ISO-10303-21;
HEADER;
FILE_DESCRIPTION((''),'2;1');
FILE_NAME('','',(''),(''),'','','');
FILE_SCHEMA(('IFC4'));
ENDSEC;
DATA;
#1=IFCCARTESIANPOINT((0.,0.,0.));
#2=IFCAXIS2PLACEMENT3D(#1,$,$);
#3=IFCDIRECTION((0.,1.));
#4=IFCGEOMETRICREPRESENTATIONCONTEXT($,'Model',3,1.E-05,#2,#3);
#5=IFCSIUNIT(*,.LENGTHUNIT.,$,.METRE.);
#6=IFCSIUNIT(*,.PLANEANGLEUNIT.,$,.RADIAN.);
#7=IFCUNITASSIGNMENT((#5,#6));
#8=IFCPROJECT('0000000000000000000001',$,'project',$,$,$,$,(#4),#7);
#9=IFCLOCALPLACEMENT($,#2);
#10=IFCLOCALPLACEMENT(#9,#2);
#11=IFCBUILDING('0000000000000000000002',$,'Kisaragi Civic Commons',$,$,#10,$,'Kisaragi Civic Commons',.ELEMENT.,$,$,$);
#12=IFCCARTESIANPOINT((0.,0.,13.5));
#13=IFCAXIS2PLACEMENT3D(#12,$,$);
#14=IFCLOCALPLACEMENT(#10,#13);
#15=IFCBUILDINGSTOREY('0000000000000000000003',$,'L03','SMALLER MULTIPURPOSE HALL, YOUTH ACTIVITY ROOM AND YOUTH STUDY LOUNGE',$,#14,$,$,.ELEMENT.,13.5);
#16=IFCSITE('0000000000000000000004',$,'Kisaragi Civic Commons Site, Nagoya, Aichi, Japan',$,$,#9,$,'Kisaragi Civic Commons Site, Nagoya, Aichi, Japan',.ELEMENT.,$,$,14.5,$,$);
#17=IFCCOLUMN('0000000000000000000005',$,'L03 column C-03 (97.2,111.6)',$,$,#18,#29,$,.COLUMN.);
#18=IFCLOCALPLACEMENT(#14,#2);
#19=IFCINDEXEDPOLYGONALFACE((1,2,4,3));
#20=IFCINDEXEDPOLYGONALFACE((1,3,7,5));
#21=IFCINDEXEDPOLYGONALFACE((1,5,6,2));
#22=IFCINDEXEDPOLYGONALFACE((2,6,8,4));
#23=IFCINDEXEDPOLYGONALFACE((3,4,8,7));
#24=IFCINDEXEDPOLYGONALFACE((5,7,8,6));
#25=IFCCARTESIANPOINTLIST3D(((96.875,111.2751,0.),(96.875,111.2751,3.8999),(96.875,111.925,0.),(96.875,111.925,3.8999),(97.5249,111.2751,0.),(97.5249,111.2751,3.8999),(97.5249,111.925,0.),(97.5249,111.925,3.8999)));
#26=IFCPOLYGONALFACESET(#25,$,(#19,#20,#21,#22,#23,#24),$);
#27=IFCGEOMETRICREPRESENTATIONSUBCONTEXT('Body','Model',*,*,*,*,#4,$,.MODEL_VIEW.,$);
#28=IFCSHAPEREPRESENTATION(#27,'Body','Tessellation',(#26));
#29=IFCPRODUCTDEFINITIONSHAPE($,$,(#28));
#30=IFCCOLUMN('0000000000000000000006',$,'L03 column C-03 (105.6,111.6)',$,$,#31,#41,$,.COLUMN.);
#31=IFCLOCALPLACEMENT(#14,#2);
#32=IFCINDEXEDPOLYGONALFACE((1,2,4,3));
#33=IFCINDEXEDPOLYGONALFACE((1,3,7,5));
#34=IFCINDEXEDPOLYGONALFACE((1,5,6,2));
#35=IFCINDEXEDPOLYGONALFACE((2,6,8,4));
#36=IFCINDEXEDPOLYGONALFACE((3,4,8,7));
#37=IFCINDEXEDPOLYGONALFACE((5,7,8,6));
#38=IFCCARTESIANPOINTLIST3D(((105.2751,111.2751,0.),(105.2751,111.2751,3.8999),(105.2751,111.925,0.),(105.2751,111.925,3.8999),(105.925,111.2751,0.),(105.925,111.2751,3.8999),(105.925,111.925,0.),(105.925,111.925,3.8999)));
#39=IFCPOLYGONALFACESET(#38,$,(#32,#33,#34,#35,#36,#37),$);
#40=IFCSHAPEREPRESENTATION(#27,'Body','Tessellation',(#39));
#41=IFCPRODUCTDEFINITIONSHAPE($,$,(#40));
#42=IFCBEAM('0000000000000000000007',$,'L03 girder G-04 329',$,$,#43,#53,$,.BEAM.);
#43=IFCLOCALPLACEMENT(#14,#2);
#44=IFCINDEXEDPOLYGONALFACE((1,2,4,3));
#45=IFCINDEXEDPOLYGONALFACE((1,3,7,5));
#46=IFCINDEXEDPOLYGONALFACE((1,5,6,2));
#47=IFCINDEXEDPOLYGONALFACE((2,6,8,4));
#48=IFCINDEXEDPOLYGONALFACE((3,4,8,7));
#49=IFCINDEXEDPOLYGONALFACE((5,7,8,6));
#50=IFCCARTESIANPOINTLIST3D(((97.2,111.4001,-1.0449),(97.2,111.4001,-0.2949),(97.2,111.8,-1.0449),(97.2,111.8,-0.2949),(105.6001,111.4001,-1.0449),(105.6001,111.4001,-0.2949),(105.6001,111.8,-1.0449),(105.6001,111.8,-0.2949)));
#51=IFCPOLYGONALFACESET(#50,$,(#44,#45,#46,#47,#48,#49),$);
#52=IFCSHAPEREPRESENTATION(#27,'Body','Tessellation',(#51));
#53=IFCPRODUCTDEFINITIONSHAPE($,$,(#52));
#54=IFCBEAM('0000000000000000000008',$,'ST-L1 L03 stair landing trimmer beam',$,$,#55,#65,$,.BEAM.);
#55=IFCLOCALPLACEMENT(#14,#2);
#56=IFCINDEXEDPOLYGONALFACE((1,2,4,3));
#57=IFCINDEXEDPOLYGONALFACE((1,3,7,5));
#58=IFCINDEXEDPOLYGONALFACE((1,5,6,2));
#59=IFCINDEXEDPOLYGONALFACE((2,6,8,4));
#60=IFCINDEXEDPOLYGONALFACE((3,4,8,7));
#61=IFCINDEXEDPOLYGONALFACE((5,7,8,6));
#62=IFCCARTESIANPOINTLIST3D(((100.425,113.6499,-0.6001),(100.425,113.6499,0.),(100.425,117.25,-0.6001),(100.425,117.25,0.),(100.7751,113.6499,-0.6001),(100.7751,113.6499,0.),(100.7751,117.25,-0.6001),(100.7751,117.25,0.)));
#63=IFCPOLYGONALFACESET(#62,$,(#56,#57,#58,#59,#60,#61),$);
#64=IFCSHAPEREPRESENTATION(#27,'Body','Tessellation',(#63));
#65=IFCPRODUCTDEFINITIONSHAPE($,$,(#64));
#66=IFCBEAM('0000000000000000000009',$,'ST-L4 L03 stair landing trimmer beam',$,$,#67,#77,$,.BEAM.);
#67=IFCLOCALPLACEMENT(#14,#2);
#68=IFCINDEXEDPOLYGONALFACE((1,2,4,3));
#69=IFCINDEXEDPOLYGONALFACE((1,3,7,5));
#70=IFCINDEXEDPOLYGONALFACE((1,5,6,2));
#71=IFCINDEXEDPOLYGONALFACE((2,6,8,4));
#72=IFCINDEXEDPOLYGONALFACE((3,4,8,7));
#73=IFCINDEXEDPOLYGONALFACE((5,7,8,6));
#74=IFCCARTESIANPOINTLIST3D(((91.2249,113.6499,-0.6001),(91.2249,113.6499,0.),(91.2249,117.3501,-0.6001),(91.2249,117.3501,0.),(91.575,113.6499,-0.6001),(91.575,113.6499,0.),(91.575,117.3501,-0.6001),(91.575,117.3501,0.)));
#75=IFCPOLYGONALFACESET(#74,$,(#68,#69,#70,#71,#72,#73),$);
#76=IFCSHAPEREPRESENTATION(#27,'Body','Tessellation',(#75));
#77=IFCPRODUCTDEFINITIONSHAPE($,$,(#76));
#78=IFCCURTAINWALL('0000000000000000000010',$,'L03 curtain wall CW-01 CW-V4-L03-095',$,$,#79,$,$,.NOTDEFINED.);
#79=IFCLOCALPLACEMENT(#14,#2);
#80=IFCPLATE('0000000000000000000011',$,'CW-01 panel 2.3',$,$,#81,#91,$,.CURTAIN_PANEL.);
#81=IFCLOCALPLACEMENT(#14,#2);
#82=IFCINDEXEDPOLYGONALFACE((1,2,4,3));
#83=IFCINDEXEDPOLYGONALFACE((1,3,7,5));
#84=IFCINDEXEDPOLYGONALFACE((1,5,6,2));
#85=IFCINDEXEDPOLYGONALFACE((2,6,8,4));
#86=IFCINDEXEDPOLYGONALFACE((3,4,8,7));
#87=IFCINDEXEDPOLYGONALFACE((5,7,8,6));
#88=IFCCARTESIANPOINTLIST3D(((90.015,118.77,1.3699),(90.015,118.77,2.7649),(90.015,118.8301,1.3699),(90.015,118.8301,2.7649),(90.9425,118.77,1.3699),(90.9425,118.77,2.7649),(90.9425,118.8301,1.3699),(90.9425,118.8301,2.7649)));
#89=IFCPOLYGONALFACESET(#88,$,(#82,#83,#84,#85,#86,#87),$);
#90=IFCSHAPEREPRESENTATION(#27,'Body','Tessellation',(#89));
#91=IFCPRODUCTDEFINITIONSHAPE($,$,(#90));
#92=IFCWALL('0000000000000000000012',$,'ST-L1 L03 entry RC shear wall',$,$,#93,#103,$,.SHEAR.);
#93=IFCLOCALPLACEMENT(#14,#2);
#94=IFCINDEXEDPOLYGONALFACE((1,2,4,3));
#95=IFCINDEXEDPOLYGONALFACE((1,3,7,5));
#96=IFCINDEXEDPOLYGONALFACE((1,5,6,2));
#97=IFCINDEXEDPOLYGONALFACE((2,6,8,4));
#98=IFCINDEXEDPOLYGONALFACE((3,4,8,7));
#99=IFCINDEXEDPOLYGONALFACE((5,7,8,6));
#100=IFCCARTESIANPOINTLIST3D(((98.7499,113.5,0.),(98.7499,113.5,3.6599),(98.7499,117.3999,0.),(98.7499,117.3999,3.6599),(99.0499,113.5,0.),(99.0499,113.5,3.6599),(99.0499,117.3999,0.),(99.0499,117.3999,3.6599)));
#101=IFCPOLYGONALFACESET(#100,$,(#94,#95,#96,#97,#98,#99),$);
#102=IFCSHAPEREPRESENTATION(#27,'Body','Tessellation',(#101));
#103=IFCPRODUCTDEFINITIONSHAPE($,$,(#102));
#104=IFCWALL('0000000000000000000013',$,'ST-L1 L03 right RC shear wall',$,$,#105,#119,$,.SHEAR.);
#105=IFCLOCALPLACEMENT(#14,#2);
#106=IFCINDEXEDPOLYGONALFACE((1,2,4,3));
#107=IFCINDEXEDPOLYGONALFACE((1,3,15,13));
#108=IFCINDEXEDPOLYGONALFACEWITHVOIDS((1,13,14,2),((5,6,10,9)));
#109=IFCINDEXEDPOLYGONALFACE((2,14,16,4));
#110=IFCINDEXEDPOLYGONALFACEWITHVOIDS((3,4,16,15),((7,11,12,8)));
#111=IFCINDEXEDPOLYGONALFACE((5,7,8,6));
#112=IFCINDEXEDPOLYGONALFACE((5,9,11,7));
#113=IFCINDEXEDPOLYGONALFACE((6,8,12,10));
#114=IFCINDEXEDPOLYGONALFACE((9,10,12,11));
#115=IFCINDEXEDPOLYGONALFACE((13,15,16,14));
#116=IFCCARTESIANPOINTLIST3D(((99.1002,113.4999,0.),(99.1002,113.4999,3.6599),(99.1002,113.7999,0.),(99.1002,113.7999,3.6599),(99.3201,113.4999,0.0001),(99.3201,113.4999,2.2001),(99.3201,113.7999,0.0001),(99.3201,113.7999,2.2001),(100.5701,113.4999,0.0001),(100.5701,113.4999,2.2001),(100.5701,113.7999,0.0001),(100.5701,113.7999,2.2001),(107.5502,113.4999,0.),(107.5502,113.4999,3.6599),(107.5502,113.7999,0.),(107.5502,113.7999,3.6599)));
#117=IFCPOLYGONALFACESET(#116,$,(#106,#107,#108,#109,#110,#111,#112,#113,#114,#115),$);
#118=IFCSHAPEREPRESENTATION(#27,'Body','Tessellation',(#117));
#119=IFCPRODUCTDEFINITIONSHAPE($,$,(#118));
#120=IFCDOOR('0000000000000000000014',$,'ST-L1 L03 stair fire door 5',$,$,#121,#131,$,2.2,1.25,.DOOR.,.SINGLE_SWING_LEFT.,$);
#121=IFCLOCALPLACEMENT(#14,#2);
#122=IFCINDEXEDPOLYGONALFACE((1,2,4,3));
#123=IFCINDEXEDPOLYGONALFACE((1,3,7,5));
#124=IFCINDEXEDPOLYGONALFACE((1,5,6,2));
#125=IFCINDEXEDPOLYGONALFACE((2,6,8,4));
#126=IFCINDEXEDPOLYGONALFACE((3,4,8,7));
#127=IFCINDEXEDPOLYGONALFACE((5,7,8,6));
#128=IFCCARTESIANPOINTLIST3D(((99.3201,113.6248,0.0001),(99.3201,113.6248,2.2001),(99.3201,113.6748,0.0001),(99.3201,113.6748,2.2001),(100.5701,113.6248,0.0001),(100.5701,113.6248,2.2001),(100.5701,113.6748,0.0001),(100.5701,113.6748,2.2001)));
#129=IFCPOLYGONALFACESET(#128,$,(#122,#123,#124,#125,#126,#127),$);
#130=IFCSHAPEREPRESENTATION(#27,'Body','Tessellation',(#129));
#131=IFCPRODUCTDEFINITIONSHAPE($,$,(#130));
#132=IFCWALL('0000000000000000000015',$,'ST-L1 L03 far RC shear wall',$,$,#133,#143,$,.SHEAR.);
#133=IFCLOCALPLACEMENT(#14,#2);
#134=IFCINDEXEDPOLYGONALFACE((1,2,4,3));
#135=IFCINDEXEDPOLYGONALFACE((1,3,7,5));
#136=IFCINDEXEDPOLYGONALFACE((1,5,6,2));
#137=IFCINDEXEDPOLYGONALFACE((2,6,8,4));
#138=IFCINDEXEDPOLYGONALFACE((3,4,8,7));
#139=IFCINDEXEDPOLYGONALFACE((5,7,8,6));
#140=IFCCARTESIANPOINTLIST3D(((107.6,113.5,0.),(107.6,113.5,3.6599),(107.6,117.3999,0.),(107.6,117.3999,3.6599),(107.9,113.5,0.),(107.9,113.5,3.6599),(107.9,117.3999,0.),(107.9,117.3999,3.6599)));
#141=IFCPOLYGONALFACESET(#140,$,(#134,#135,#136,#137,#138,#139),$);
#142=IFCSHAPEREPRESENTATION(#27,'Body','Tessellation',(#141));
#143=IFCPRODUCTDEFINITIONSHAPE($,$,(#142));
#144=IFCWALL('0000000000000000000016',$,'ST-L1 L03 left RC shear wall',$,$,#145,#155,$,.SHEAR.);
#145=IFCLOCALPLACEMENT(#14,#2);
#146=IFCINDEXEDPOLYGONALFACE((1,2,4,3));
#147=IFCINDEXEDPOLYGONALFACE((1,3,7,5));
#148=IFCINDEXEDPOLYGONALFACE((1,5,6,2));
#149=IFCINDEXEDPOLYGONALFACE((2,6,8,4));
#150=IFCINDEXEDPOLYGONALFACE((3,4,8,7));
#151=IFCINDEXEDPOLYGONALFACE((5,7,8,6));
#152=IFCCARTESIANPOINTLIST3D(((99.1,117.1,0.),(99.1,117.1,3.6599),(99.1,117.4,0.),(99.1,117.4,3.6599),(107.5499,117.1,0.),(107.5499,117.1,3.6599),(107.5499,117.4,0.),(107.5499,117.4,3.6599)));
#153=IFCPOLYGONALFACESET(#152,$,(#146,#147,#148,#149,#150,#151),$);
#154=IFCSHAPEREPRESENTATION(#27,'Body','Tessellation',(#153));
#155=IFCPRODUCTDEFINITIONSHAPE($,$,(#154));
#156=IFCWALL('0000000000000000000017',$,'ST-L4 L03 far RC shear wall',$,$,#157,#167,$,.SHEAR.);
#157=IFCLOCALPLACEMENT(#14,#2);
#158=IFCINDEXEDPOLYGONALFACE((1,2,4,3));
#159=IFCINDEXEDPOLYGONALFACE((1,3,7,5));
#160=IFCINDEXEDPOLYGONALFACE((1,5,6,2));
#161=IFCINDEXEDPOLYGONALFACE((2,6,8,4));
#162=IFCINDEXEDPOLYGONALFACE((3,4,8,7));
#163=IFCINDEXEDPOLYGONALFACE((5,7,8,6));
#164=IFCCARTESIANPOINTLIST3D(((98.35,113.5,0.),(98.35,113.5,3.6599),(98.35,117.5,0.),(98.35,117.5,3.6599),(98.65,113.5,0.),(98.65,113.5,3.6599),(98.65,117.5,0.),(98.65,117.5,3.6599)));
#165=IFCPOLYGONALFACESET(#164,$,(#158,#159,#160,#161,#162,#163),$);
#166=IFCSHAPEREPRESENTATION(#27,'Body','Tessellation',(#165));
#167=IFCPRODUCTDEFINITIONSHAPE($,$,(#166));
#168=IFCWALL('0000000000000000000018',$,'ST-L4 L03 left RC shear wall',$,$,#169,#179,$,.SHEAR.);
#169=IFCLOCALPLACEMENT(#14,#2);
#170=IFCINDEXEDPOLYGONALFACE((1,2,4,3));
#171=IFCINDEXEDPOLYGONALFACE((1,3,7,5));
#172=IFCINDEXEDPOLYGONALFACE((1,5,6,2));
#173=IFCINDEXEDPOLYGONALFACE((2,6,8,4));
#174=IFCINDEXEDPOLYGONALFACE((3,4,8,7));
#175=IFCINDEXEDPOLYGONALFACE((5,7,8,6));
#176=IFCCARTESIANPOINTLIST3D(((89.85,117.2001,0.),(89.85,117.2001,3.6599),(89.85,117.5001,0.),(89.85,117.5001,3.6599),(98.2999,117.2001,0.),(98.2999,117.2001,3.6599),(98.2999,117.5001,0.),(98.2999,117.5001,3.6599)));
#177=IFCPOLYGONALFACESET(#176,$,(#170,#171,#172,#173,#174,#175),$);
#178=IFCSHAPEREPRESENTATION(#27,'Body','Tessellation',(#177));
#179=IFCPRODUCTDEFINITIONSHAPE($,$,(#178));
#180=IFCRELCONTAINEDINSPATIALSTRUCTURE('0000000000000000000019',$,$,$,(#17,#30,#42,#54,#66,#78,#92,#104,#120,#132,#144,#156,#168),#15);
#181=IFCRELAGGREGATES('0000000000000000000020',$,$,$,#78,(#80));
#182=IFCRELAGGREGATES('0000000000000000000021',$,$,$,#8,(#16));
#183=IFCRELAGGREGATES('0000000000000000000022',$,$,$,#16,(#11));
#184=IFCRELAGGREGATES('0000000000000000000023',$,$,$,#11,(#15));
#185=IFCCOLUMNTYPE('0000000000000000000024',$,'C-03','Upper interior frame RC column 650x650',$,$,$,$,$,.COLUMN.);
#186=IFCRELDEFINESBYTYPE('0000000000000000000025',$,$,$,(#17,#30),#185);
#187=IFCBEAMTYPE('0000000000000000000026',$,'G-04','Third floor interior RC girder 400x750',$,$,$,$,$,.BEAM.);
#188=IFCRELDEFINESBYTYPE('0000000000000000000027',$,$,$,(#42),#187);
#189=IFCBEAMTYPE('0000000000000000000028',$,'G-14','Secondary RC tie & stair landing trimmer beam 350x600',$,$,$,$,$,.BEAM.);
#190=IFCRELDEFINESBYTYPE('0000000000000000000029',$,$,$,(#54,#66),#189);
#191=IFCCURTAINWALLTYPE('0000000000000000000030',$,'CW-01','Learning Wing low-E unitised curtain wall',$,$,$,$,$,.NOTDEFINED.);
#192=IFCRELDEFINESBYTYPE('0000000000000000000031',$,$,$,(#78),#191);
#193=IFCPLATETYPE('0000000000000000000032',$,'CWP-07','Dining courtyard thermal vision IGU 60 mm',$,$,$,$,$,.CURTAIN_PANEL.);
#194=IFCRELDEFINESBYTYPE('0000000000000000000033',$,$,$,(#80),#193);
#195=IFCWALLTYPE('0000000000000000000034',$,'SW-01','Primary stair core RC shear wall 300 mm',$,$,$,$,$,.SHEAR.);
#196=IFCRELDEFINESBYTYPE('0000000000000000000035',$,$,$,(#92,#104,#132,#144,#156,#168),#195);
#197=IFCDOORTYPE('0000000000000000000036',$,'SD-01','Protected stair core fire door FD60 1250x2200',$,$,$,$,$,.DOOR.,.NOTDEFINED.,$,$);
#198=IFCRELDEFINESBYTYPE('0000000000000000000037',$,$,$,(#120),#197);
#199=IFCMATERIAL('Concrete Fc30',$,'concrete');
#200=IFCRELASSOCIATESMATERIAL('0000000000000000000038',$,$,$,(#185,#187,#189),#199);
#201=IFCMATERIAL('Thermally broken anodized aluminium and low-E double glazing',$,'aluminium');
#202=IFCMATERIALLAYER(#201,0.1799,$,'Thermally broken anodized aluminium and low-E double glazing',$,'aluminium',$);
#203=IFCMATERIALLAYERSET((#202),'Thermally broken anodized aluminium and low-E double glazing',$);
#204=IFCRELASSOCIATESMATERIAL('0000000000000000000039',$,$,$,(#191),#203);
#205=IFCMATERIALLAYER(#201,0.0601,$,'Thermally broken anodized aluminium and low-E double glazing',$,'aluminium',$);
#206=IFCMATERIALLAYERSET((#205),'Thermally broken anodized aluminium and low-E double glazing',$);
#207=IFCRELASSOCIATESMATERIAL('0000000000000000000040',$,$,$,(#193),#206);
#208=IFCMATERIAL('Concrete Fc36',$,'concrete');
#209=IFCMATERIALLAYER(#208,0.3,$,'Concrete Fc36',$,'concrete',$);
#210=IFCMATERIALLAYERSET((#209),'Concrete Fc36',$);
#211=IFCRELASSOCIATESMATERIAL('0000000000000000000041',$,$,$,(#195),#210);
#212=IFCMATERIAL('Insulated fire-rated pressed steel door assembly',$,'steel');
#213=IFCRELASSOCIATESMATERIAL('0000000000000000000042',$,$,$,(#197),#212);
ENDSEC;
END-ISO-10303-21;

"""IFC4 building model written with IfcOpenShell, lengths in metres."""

from ifc_helpers import new_model, si_unit, direction, frame, frame_2d, origin, origin_2d, place, context, subcontext, project, spatial, rectangle, extrude, material, layer, layer_set, material_profile, profile_set, type_object, element, fill, aggregate, save


model = new_model("IFC4")

# Units and contexts
model_context = context("Model", 3, precision=1e-05, world=origin(), true_north=direction((0.0, 1.0)))
body_context = subcontext(model_context, "Body", "Model", "MODEL_VIEW")
ifc_project = project(units=[si_unit("LENGTHUNIT", "METRE"), si_unit("PLANEANGLEUNIT", "RADIAN")], contexts=[model_context])

# Site, building, storey
site_placement = place(None, origin())
site = spatial("IfcSite", under=ifc_project, at=site_placement, Name="Kisaragi Civic Commons Site, Nagoya, Aichi, Japan", LongName="Kisaragi Civic Commons Site, Nagoya, Aichi, Japan", CompositionType="ELEMENT", RefElevation=14.5)
building_placement = place(site_placement, origin())
building = spatial("IfcBuilding", under=site, at=building_placement, Name="Kisaragi Civic Commons", LongName="Kisaragi Civic Commons", CompositionType="ELEMENT")
storey_placement = place(building_placement, frame((0.0, 0.0, 13.5)))
storey = spatial("IfcBuildingStorey", under=building, at=storey_placement, Name="L03", Description="SMALLER MULTIPURPOSE HALL, YOUTH ACTIVITY ROOM AND YOUTH STUDY LOUNGE", CompositionType="ELEMENT", Elevation=13.5)

# Columns
ifc_material_1 = material(Name="Concrete Fc30", Category="concrete")
ifc_material_profile_1 = material_profile(ifc_material_1, rectangle(XDim=0.6499, YDim=0.6499, at=origin_2d()), Name="RC-650x650", Category="concrete")
ifc_profile_set_1 = profile_set([ifc_material_profile_1], Name="Concrete Fc30")
column_type = type_object("IfcColumnType", Name="C-03", Description="Upper interior frame RC column 650x650", PredefinedType="COLUMN", material=ifc_profile_set_1)
for number, where, z_axis, x_axis, name in (
    (1, (97.2, 111.6001, 0.0), (0.0, 0.0, 1.0), (1.0, 0.0, 0.0), "L03 column C-03 (97.2,111.6)"),
    (2, (105.6001, 111.6001, 0.0), (0.0, 0.0, 1.0), (1.0, 0.0, 0.0), "L03 column C-03 (105.6,111.6)"),
):
    element("IfcColumn", number, at=place(storey_placement, frame(where, z_axis=z_axis, x_axis=x_axis)), inside=storey, type_object=column_type, Name=name, PredefinedType="COLUMN", context=body_context, shape_type="SweptSolid", body=[
        extrude(rectangle(XDim=0.6499, YDim=0.6499, at=origin_2d()), origin(), (0.0, 0.0, 1.0), 3.8999),
    ])

# Beams
ifc_material_profile_2 = material_profile(ifc_material_1, rectangle(XDim=0.3999, YDim=0.75, at=origin_2d()), Name="RC-400x750", Category="concrete")
ifc_profile_set_2 = profile_set([ifc_material_profile_2], Name="Concrete Fc30")
beam_type_1 = type_object("IfcBeamType", Name="G-04", Description="Third floor interior RC girder 400x750", PredefinedType="BEAM", material=ifc_profile_set_2)
beam_1_placement = place(storey_placement, frame((97.2, 111.6001, -0.6699), z_axis=(1.0, 0.0, 0.0), x_axis=(0.0, 1.0, 0.0)))
element("IfcBeam", 3, at=beam_1_placement, inside=storey, type_object=beam_type_1, Name="L03 girder G-04 329", PredefinedType="BEAM", context=body_context, shape_type="SweptSolid", body=[
    extrude(rectangle(XDim=0.3999, YDim=0.75, at=origin_2d()), origin(), (0.0, 0.0, 1.0), 8.4001),
])
ifc_material_profile_3 = material_profile(ifc_material_1, rectangle(XDim=0.3501, YDim=0.6001, at=origin_2d()), Name="RC-350x600", Category="concrete")
ifc_profile_set_3 = profile_set([ifc_material_profile_3], Name="Concrete Fc30")
beam_type_2 = type_object("IfcBeamType", Name="G-14", Description="Secondary RC tie & stair landing trimmer beam 350x600", PredefinedType="BEAM", material=ifc_profile_set_3)
beam_2_placement = place(storey_placement, frame((100.6001, 113.6499, -0.3), z_axis=(0.0, 1.0, 0.0), x_axis=(-1.0, 0.0, 0.0)))
element("IfcBeam", 4, at=beam_2_placement, inside=storey, type_object=beam_type_2, Name="ST-L1 L03 stair landing trimmer beam", PredefinedType="BEAM", context=body_context, shape_type="SweptSolid", body=[
    extrude(rectangle(XDim=0.3501, YDim=0.6001, at=origin_2d()), origin(), (0.0, 0.0, 1.0), 3.6001),
])
beam_3_placement = place(storey_placement, frame((91.3999, 113.6499, -0.3), z_axis=(0.0, 1.0, 0.0), x_axis=(-1.0, 0.0, 0.0)))
element("IfcBeam", 5, at=beam_3_placement, inside=storey, type_object=beam_type_2, Name="ST-L4 L03 stair landing trimmer beam", PredefinedType="BEAM", context=body_context, shape_type="SweptSolid", body=[
    extrude(rectangle(XDim=0.3501, YDim=0.6001, at=origin_2d()), origin(), (0.0, 0.0, 1.0), 3.7002),
])

# Curtain wall, plate
ifc_material_2 = material(Name="Thermally broken anodized aluminium and low-E double glazing", Category="aluminium")
ifc_layer_1 = layer(ifc_material_2, 0.1799, Name="Thermally broken anodized aluminium and low-E double glazing", Category="aluminium")
ifc_layer_set_1 = layer_set([ifc_layer_1], Name="Thermally broken anodized aluminium and low-E double glazing")
curtain_wall_type = type_object("IfcCurtainWallType", Name="CW-01", Description="Learning Wing low-E unitised curtain wall", PredefinedType="NOTDEFINED", material=ifc_layer_set_1)
curtain_wall_placement = place(storey_placement, origin())
curtain_wall = element("IfcCurtainWall", 6, at=curtain_wall_placement, inside=storey, type_object=curtain_wall_type, Name="L03 curtain wall CW-01 CW-V4-L03-095", PredefinedType="NOTDEFINED")
ifc_layer_2 = layer(ifc_material_2, 0.0601, Name="Thermally broken anodized aluminium and low-E double glazing", Category="aluminium")
ifc_layer_set_2 = layer_set([ifc_layer_2], Name="Thermally broken anodized aluminium and low-E double glazing")
plate_type = type_object("IfcPlateType", Name="CWP-07", Description="Dining courtyard thermal vision IGU 60 mm", PredefinedType="CURTAIN_PANEL", material=ifc_layer_set_2)
plate_placement = place(storey_placement, frame((90.4788, 118.8, 1.3699), z_axis=(0.0, 0.0, 1.0), x_axis=(1.0, 0.0, 0.0)))
plate = element("IfcPlate", 7, at=plate_placement, type_object=plate_type, Name="CW-01 panel 2.3", PredefinedType="CURTAIN_PANEL", context=body_context, shape_type="SweptSolid", body=[
    extrude(rectangle(XDim=0.9275, YDim=0.0601, at=origin_2d()), origin(), (0.0, 0.0, 1.0), 1.395),
])
aggregate(curtain_wall, [plate])

# Wall
ifc_material_3 = material(Name="Concrete Fc36", Category="concrete")
ifc_layer_3 = layer(ifc_material_3, 0.3, Name="Concrete Fc36", Category="concrete")
ifc_layer_set_3 = layer_set([ifc_layer_3], Name="Concrete Fc36")
wall_type_1 = type_object("IfcWallType", Name="SW-01", Description="Primary stair core RC shear wall 300 mm", PredefinedType="SHEAR", material=ifc_layer_set_3)
wall_1_placement = place(storey_placement, frame((98.8999, 117.3999, 0.0), z_axis=(0.0, 0.0, 1.0), x_axis=(0.0, -1.0, 0.0)))
element("IfcWall", 8, at=wall_1_placement, inside=storey, type_object=wall_type_1, Name="ST-L1 L03 entry RC shear wall", PredefinedType="SHEAR", context=body_context, shape_type="SweptSolid", body=[
    extrude(rectangle(XDim=3.8999, YDim=0.3, at=frame_2d((1.95, 0.0))), origin(), (0.0, 0.0, 1.0), 3.6599),
])

# Wall, opening, door
wall_2_placement = place(storey_placement, frame((99.1001, 113.6499, 0.0), z_axis=(0.0, 0.0, 1.0), x_axis=(1.0, 0.0, 0.0)))
wall_2 = element("IfcWall", 9, at=wall_2_placement, inside=storey, type_object=wall_type_1, Name="ST-L1 L03 right RC shear wall", PredefinedType="SHEAR", context=body_context, shape_type="SweptSolid", body=[
    extrude(rectangle(XDim=8.45, YDim=0.3, at=frame_2d((4.2251, 0.0))), origin(), (0.0, 0.0, 1.0), 3.6599),
])
opening_placement = place(wall_2_placement, frame((0.22, 0.0, 0.0)))
opening = element("IfcOpeningElement", 10, at=opening_placement, cuts=wall_2, PredefinedType="OPENING", context=body_context, shape_type="SweptSolid", body=[
    extrude(rectangle(XDim=1.25, YDim=2.2, at=frame_2d((0.625, 1.1001))), frame((0.0, 0.1599, 0.0), z_axis=(0.0, -1.0, 0.0), x_axis=(1.0, 0.0, 0.0)), (0.0, 0.0, 1.0), 0.3201),
])
ifc_material_4 = material(Name="Insulated fire-rated pressed steel door assembly", Category="steel")
door_type = type_object("IfcDoorType", Name="SD-01", Description="Protected stair core fire door FD60 1250x2200", OperationType="NOTDEFINED", PredefinedType="DOOR", material=ifc_material_4)
door_placement = place(opening_placement, origin())
door = element("IfcDoor", 11, at=door_placement, inside=storey, type_object=door_type, Name="ST-L1 L03 stair fire door 5", OperationType="SINGLE_SWING_LEFT", OverallHeight=2.2, OverallWidth=1.25, PredefinedType="DOOR", context=body_context, shape_type="SweptSolid", body=[
    extrude(rectangle(XDim=1.25, YDim=2.2, at=frame_2d((0.625, 1.1001))), frame((0.0, 0.0249, 0.0), z_axis=(0.0, -1.0, 0.0), x_axis=(1.0, 0.0, 0.0)), (0.0, 0.0, 1.0), 0.05),
])
fill(opening, door)

# Walls
wall_3_placement = place(storey_placement, frame((107.75, 113.5, 0.0), z_axis=(0.0, 0.0, 1.0), x_axis=(0.0, 1.0, 0.0)))
element("IfcWall", 12, at=wall_3_placement, inside=storey, type_object=wall_type_1, Name="ST-L1 L03 far RC shear wall", PredefinedType="SHEAR", context=body_context, shape_type="SweptSolid", body=[
    extrude(rectangle(XDim=3.8999, YDim=0.3, at=frame_2d((1.95, 0.0))), origin(), (0.0, 0.0, 1.0), 3.6599),
])
wall_4_placement = place(storey_placement, frame((107.55, 117.25, 0.0), z_axis=(0.0, 0.0, 1.0), x_axis=(-1.0, 0.0, 0.0)))
element("IfcWall", 13, at=wall_4_placement, inside=storey, type_object=wall_type_1, Name="ST-L1 L03 left RC shear wall", PredefinedType="SHEAR", context=body_context, shape_type="SweptSolid", body=[
    extrude(rectangle(XDim=8.45, YDim=0.3, at=frame_2d((4.2251, 0.0))), origin(), (0.0, 0.0, 1.0), 3.6599),
])
wall_5_placement = place(storey_placement, frame((98.5, 113.5, 0.0), z_axis=(0.0, 0.0, 1.0), x_axis=(0.0, 1.0, 0.0)))
element("IfcWall", 14, at=wall_5_placement, inside=storey, type_object=wall_type_1, Name="ST-L4 L03 far RC shear wall", PredefinedType="SHEAR", context=body_context, shape_type="SweptSolid", body=[
    extrude(rectangle(XDim=4.0, YDim=0.3, at=frame_2d((2.0, 0.0))), origin(), (0.0, 0.0, 1.0), 3.6599),
])
wall_6_placement = place(storey_placement, frame((98.3, 117.3501, 0.0), z_axis=(0.0, 0.0, 1.0), x_axis=(-1.0, 0.0, 0.0)))
element("IfcWall", 15, at=wall_6_placement, inside=storey, type_object=wall_type_1, Name="ST-L4 L03 left RC shear wall", PredefinedType="SHEAR", context=body_context, shape_type="SweptSolid", body=[
    extrude(rectangle(XDim=8.45, YDim=0.3, at=frame_2d((4.2251, 0.0))), origin(), (0.0, 0.0, 1.0), 3.6599),
])

save(model, "model.ifc")
